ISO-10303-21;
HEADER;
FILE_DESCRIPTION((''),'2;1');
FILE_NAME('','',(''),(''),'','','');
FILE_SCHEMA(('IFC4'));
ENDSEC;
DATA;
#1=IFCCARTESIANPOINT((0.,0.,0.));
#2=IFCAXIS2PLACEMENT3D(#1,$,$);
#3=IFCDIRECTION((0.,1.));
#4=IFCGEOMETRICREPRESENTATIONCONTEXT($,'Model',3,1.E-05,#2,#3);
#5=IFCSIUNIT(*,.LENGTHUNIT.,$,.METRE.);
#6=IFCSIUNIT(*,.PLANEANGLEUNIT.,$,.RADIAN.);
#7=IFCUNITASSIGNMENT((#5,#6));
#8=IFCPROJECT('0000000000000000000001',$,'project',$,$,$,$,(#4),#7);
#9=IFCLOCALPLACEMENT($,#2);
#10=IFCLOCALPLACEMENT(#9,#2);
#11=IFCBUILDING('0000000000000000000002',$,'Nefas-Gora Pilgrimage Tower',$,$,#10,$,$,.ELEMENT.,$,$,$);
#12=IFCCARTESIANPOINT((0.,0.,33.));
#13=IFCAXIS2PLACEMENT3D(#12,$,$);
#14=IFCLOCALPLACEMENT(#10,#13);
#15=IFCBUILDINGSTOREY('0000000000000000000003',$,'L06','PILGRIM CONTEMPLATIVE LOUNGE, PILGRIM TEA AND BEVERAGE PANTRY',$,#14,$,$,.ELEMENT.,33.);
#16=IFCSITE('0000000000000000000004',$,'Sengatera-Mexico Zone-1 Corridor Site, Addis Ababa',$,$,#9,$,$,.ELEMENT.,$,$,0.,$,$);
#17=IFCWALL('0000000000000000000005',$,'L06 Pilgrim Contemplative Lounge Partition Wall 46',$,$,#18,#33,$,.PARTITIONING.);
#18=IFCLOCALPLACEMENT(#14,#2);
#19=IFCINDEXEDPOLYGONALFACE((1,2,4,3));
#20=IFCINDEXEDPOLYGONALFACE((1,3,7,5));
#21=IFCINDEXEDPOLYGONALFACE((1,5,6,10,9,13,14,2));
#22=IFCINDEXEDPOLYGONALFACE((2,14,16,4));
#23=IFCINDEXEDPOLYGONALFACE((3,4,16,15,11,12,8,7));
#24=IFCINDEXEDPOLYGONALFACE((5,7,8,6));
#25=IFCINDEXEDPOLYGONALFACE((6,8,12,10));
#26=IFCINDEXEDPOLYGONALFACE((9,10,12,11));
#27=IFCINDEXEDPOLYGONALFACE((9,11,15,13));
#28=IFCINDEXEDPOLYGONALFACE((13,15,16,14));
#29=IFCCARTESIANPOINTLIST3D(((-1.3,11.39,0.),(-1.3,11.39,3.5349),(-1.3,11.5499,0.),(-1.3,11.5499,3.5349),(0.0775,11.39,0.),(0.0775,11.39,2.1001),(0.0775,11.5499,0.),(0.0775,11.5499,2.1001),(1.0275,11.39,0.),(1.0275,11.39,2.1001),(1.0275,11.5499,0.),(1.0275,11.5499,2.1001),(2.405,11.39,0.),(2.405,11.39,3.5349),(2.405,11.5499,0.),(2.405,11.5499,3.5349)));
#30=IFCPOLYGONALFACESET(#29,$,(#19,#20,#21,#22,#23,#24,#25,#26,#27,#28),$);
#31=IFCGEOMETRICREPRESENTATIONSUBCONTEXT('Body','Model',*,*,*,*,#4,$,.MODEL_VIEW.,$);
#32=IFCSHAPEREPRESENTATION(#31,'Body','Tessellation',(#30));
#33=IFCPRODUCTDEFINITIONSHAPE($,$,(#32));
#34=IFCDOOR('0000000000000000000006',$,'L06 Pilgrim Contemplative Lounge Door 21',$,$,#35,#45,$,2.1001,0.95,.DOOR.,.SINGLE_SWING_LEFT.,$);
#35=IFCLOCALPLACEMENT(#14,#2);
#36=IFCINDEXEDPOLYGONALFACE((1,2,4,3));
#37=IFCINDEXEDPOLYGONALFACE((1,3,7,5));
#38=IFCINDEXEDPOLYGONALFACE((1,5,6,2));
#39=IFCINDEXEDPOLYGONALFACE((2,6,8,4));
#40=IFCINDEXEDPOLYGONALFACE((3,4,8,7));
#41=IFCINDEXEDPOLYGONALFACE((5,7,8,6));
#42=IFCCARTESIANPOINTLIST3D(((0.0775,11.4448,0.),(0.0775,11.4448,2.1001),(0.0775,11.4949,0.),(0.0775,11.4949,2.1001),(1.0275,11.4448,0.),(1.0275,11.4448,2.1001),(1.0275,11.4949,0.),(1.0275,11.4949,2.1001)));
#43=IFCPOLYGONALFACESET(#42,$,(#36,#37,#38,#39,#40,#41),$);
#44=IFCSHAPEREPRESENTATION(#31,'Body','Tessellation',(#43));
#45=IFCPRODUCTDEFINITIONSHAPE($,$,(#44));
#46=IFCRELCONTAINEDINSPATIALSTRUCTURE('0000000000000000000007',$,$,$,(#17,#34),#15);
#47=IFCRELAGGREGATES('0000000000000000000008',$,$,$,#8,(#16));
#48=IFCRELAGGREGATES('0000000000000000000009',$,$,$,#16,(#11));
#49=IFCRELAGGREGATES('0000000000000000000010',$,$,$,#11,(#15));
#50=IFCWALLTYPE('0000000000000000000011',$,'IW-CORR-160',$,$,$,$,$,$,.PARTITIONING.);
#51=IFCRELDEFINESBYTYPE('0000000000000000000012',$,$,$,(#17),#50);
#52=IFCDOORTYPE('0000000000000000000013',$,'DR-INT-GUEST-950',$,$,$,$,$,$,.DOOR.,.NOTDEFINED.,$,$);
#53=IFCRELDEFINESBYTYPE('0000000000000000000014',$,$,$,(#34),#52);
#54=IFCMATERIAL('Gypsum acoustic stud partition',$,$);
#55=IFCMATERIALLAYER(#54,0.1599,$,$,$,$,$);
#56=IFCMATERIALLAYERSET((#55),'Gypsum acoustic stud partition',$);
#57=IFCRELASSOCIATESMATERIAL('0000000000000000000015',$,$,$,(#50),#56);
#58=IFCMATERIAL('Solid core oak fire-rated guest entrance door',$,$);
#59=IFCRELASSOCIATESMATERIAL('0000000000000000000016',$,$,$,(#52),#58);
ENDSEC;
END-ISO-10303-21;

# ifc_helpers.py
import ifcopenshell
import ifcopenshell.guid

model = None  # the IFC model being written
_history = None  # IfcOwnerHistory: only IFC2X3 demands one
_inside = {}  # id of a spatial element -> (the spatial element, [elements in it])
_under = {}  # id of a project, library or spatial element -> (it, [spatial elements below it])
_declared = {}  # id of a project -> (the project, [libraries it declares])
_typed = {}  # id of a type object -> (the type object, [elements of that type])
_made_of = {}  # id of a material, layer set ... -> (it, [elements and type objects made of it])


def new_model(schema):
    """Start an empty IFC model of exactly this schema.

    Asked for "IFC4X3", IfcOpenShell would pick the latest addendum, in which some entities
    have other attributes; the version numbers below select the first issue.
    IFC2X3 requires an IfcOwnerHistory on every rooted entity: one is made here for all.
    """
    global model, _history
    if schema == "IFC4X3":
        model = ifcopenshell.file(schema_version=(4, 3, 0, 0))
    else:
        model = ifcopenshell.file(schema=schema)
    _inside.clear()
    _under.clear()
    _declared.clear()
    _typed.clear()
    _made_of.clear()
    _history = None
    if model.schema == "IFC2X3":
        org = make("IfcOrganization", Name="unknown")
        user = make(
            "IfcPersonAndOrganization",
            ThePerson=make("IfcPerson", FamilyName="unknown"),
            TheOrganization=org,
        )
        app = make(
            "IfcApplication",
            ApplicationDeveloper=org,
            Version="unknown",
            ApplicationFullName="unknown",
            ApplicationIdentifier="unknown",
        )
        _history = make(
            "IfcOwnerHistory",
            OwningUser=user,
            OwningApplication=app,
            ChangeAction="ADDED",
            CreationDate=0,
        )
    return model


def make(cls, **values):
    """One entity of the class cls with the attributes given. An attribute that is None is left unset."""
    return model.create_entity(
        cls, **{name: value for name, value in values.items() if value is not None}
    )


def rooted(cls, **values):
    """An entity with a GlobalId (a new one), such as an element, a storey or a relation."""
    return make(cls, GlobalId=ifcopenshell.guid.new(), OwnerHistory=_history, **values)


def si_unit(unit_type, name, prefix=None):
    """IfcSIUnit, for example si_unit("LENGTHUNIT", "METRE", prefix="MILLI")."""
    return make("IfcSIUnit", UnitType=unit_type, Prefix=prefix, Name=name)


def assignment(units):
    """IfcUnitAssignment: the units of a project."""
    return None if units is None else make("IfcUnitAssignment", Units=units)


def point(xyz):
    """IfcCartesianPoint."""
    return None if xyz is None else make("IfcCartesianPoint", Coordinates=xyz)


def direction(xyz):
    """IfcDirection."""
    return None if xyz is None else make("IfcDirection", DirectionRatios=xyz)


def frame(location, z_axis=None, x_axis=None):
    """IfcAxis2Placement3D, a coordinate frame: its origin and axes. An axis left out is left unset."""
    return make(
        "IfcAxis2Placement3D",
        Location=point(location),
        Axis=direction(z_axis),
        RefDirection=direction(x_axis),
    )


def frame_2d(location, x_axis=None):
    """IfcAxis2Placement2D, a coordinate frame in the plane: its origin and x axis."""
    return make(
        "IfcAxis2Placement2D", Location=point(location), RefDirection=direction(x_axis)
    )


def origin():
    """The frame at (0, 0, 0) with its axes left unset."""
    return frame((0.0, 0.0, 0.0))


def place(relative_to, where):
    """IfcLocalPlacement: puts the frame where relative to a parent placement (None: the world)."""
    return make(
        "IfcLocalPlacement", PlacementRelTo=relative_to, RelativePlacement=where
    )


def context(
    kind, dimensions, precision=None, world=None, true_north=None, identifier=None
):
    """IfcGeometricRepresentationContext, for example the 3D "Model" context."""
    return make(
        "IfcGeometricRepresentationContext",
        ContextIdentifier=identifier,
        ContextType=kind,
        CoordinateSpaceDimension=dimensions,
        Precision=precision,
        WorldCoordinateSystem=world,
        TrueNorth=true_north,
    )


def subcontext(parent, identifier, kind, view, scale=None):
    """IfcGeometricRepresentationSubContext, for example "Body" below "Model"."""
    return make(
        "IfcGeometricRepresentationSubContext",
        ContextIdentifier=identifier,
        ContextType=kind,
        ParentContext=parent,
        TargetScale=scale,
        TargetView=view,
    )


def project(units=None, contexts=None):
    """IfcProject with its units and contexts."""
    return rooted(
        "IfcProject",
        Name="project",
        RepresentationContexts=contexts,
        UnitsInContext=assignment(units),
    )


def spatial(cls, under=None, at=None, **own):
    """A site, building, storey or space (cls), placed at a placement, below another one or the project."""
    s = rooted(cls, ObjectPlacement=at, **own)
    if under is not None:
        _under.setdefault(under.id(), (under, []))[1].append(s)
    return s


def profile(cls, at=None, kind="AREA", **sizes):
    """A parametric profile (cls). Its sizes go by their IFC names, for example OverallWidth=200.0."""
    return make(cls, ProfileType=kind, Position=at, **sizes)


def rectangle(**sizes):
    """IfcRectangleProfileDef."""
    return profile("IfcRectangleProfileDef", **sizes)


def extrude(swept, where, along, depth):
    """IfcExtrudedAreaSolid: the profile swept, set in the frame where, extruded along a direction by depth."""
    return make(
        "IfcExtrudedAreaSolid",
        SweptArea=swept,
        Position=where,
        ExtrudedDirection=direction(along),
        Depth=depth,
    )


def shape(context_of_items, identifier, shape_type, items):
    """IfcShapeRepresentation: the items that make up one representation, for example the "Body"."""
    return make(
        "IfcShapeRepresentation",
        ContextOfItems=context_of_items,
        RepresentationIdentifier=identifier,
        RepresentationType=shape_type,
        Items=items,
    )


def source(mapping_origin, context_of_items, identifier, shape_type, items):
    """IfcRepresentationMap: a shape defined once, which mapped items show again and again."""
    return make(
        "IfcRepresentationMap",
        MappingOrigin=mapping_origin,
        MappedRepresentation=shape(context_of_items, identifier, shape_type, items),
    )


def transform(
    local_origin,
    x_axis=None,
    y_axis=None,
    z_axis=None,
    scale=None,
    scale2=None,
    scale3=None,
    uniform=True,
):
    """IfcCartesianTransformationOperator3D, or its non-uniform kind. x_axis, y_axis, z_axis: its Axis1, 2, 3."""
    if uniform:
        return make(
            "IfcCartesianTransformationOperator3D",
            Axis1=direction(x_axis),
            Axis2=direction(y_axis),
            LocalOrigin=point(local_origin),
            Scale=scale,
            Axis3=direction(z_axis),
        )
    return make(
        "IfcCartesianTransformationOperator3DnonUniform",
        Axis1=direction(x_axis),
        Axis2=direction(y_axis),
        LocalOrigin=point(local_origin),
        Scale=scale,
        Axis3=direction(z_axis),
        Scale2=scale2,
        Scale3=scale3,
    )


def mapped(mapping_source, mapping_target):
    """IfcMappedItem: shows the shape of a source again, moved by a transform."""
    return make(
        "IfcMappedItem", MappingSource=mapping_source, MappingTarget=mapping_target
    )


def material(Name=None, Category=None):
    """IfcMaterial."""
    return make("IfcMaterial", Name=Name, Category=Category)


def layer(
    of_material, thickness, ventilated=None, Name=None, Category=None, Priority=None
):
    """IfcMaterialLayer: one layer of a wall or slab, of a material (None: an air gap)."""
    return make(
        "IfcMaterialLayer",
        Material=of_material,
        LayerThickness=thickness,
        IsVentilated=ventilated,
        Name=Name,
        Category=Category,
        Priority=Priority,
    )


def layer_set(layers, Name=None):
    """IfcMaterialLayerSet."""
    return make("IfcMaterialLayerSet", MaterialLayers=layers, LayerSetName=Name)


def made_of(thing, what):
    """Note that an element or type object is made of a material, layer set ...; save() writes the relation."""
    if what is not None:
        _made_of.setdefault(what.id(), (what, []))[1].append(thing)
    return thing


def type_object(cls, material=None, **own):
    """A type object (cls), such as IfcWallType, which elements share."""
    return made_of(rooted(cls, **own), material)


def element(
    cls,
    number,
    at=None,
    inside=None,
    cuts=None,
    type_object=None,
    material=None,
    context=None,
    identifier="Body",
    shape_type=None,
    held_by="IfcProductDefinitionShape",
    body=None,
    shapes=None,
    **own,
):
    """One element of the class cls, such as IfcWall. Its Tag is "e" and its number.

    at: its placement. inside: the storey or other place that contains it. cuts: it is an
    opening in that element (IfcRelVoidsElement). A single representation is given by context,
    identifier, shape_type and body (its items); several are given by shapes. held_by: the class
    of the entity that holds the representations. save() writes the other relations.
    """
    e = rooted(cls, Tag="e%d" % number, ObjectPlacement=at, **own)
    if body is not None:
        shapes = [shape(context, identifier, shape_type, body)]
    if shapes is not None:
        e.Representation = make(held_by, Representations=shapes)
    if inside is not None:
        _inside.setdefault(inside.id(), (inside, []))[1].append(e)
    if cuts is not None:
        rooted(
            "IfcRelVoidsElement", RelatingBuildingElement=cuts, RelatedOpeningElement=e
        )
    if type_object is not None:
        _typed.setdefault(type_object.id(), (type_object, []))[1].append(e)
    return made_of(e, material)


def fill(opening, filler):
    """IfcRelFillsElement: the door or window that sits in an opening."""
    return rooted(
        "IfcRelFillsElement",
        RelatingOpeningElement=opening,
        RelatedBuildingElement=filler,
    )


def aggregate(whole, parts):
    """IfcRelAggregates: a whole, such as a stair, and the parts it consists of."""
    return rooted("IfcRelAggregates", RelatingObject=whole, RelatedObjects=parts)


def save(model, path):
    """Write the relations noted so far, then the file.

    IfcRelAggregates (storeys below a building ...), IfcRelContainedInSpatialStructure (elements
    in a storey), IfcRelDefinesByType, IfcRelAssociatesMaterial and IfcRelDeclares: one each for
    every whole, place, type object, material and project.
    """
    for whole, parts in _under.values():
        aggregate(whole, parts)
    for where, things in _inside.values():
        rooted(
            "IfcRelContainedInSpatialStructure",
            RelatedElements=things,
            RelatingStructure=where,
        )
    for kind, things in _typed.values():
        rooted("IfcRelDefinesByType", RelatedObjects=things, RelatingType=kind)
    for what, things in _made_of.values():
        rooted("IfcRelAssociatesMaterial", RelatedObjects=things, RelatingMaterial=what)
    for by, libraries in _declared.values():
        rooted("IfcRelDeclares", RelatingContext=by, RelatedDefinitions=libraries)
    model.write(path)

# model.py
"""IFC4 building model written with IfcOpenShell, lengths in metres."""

from ifc_helpers import new_model, si_unit, direction, frame, frame_2d, origin, place, context, subcontext, project, spatial, rectangle, extrude, source, transform, mapped, material, layer, layer_set, type_object, element, fill, save


model = new_model("IFC4")

# Units and contexts
model_context = context("Model", 3, precision=1e-05, world=origin(), true_north=direction((0.0, 1.0)))
body_context = subcontext(model_context, "Body", "Model", "MODEL_VIEW")
ifc_project = project(units=[si_unit("LENGTHUNIT", "METRE"), si_unit("PLANEANGLEUNIT", "RADIAN")], contexts=[model_context])

# Site, building, storey
site_placement = place(None, origin())
site = spatial("IfcSite", under=ifc_project, at=site_placement, Name="Sengatera-Mexico Zone-1 Corridor Site, Addis Ababa", CompositionType="ELEMENT", RefElevation=0.0)
building_placement = place(site_placement, origin())
building = spatial("IfcBuilding", under=site, at=building_placement, Name="Nefas-Gora Pilgrimage Tower", CompositionType="ELEMENT")
storey_placement = place(building_placement, frame((0.0, 0.0, 33.0)))
storey = spatial("IfcBuildingStorey", under=building, at=storey_placement, Name="L06", Description="PILGRIM CONTEMPLATIVE LOUNGE, PILGRIM TEA AND BEVERAGE PANTRY", CompositionType="ELEMENT", Elevation=33.0)

# Shared definitions
ifc_material_1 = material(Name="Gypsum acoustic stud partition")
ifc_layer_1 = layer(ifc_material_1, 0.1599)
ifc_layer_set_1 = layer_set([ifc_layer_1], Name="Gypsum acoustic stud partition")
wall_type_1 = type_object("IfcWallType", Name="IW-CORR-160", PredefinedType="PARTITIONING", material=ifc_layer_set_1)

# Shared definitions
ifc_material_2 = material(Name="Solid core oak fire-rated guest entrance door")
door_type_1 = type_object("IfcDoorType", Name="DR-INT-GUEST-950", OperationType="NOTDEFINED", PredefinedType="DOOR", material=ifc_material_2)
shared_shape_1 = source(origin(), body_context, "Body", "SweptSolid", [
    extrude(rectangle(XDim=0.95, YDim=2.1001, at=frame_2d((0.4751, 1.05))), frame((0.0, 0.0249, 0.0), z_axis=(0.0, -1.0, 0.0), x_axis=(1.0, 0.0, 0.0)), (0.0, 0.0, 1.0), 0.05),
])

# Wall, opening, door
shared_shape_2 = source(origin(), body_context, "Body", "SweptSolid", [
    extrude(rectangle(XDim=3.7051, YDim=0.1599, at=frame_2d((1.8525, 0.0))), origin(), (0.0, 0.0, 1.0), 3.5349),
])
wall_1_placement = place(storey_placement, frame((-1.3, 11.47, 0.0), z_axis=(0.0, 0.0, 1.0), x_axis=(1.0, 0.0, 0.0)))
wall_1 = element("IfcWall", 1, at=wall_1_placement, inside=storey, type_object=wall_type_1, Name="L06 Pilgrim Contemplative Lounge Partition Wall 46", PredefinedType="PARTITIONING", context=body_context, shape_type="MappedRepresentation", body=[
    mapped(shared_shape_2, transform((0.0, 0.0, 0.0), x_axis=(1.0, 0.0, 0.0), y_axis=(0.0, 1.0, 0.0), z_axis=(0.0, 0.0, 1.0), scale=1.0)),
])
opening_1_placement = place(wall_1_placement, frame((1.3774, 0.0, 0.0)))
opening_1 = element("IfcOpeningElement", 2, at=opening_1_placement, cuts=wall_1, PredefinedType="OPENING", context=body_context, shape_type="SweptSolid", body=[
    extrude(rectangle(XDim=0.95, YDim=2.1001, at=frame_2d((0.4751, 1.05))), frame((0.0, 0.0898, 0.0), z_axis=(0.0, -1.0, 0.0), x_axis=(1.0, 0.0, 0.0)), (0.0, 0.0, 1.0), 0.1799),
])
door_1_placement = place(opening_1_placement, origin())
door_1 = element("IfcDoor", 3, at=door_1_placement, inside=storey, type_object=door_type_1, Name="L06 Pilgrim Contemplative Lounge Door 21", OperationType="SINGLE_SWING_LEFT", OverallHeight=2.1001, OverallWidth=0.95, PredefinedType="DOOR", context=body_context, shape_type="MappedRepresentation", body=[
    mapped(shared_shape_1, transform((0.0, 0.0, 0.0), x_axis=(1.0, 0.0, 0.0), y_axis=(0.0, 1.0, 0.0), z_axis=(0.0, 0.0, 1.0), scale=1.0)),
])
fill(opening_1, door_1)

save(model, "model.ifc")
